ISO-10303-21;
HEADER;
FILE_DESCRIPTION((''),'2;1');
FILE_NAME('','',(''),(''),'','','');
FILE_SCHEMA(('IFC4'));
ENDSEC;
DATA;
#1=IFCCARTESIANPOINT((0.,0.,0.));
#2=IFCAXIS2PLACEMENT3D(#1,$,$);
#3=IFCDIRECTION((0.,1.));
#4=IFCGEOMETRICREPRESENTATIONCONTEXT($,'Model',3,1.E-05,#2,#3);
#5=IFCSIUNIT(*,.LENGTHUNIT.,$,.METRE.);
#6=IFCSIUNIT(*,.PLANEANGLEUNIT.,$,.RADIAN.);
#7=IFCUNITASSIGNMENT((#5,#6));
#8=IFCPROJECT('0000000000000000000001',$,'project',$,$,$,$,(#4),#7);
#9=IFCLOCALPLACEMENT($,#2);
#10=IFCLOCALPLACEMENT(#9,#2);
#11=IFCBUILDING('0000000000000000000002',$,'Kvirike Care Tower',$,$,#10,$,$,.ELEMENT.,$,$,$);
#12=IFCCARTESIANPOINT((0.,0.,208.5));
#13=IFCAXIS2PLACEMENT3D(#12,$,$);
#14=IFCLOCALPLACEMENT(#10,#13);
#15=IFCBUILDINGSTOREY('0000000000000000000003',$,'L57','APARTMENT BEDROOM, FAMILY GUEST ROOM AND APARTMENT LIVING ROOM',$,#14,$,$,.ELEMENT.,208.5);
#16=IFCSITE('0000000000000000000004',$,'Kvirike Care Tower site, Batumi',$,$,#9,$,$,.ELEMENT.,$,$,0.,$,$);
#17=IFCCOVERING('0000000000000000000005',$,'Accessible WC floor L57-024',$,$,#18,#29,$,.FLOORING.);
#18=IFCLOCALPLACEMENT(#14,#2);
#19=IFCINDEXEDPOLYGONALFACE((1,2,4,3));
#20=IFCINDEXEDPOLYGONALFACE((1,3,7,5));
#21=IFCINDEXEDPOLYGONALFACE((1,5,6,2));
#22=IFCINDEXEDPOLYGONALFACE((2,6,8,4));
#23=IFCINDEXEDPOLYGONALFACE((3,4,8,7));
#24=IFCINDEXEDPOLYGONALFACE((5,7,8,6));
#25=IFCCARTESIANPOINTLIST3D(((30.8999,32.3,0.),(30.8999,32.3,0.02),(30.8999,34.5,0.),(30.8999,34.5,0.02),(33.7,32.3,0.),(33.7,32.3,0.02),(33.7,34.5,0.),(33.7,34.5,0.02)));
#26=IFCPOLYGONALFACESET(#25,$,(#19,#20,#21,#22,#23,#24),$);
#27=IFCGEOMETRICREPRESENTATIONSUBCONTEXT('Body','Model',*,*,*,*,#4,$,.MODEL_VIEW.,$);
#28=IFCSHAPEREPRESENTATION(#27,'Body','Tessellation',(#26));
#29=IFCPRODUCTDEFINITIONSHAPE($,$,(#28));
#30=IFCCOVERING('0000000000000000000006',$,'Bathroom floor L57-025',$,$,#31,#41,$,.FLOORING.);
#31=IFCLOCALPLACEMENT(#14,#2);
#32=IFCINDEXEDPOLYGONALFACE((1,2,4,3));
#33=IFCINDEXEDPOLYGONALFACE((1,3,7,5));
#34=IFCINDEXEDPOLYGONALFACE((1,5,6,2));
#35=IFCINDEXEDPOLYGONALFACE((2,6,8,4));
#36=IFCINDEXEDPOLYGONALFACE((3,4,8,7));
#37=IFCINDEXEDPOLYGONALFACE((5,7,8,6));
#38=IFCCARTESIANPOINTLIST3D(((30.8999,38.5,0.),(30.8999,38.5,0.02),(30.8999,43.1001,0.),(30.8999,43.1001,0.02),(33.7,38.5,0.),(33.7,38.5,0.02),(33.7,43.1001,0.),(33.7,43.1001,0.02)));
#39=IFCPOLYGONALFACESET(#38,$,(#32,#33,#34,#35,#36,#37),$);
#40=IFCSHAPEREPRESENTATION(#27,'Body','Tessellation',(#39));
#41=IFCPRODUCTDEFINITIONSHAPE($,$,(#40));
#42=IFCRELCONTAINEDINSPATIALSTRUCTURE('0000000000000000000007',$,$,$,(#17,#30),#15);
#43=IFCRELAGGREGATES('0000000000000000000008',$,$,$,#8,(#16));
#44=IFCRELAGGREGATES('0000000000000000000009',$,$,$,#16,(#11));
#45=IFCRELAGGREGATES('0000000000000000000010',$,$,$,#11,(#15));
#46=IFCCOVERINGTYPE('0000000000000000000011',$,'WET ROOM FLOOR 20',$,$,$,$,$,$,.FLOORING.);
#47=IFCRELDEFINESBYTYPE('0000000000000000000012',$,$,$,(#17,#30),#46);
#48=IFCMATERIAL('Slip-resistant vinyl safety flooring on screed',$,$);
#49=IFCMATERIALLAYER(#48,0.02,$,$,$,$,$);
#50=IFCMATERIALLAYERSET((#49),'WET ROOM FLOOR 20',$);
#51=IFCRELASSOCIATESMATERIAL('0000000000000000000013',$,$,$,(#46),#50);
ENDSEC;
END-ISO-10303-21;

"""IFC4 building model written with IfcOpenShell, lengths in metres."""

from ifc_helpers import new_model, si_unit, direction, frame, origin, place, context, subcontext, project, spatial, polyline, outline, extrude, material, layer, layer_set, type_object, element, save


model = new_model("IFC4")

# Units and contexts
model_context = context("Model", 3, precision=1e-05, world=origin(), true_north=direction((0.0, 1.0)))
body_context = subcontext(model_context, "Body", "Model", "MODEL_VIEW")
ifc_project = project(units=[si_unit("LENGTHUNIT", "METRE"), si_unit("PLANEANGLEUNIT", "RADIAN")], contexts=[model_context])

# Site, building, storey
site_placement = place(None, origin())
site = spatial("IfcSite", under=ifc_project, at=site_placement, Name="Kvirike Care Tower site, Batumi", CompositionType="ELEMENT", RefElevation=0.0)
building_placement = place(site_placement, origin())
building = spatial("IfcBuilding", under=site, at=building_placement, Name="Kvirike Care Tower", CompositionType="ELEMENT")
storey_placement = place(building_placement, frame((0.0, 0.0, 208.5)))
storey = spatial("IfcBuildingStorey", under=building, at=storey_placement, Name="L57", Description="APARTMENT BEDROOM, FAMILY GUEST ROOM AND APARTMENT LIVING ROOM", CompositionType="ELEMENT", Elevation=208.5)

# Coverings
ifc_material_1 = material(Name="Slip-resistant vinyl safety flooring on screed")
ifc_layer_1 = layer(ifc_material_1, 0.02)
ifc_layer_set_1 = layer_set([ifc_layer_1], Name="WET ROOM FLOOR 20")
covering_type_1 = type_object("IfcCoveringType", Name="WET ROOM FLOOR 20", PredefinedType="FLOORING", material=ifc_layer_set_1)
covering_1_placement = place(storey_placement, origin())
element("IfcCovering", 1, at=covering_1_placement, inside=storey, type_object=covering_type_1, Name="Accessible WC floor L57-024", PredefinedType="FLOORING", context=body_context, shape_type="SweptSolid", body=[
    extrude(outline(polyline([(33.7, 32.3), (30.8999, 32.3), (30.8999, 34.5), (33.7, 34.5), (33.7, 32.3)])), origin(), (0.0, 0.0, 1.0), 0.02),
])
covering_2_placement = place(storey_placement, origin())
element("IfcCovering", 2, at=covering_2_placement, inside=storey, type_object=covering_type_1, Name="Bathroom floor L57-025", PredefinedType="FLOORING", context=body_context, shape_type="SweptSolid", body=[
    extrude(outline(polyline([(33.7, 38.5), (30.8999, 38.5), (30.8999, 43.1001), (33.7, 43.1001), (33.7, 38.5)])), origin(), (0.0, 0.0, 1.0), 0.02),
])

save(model, "model.ifc")
